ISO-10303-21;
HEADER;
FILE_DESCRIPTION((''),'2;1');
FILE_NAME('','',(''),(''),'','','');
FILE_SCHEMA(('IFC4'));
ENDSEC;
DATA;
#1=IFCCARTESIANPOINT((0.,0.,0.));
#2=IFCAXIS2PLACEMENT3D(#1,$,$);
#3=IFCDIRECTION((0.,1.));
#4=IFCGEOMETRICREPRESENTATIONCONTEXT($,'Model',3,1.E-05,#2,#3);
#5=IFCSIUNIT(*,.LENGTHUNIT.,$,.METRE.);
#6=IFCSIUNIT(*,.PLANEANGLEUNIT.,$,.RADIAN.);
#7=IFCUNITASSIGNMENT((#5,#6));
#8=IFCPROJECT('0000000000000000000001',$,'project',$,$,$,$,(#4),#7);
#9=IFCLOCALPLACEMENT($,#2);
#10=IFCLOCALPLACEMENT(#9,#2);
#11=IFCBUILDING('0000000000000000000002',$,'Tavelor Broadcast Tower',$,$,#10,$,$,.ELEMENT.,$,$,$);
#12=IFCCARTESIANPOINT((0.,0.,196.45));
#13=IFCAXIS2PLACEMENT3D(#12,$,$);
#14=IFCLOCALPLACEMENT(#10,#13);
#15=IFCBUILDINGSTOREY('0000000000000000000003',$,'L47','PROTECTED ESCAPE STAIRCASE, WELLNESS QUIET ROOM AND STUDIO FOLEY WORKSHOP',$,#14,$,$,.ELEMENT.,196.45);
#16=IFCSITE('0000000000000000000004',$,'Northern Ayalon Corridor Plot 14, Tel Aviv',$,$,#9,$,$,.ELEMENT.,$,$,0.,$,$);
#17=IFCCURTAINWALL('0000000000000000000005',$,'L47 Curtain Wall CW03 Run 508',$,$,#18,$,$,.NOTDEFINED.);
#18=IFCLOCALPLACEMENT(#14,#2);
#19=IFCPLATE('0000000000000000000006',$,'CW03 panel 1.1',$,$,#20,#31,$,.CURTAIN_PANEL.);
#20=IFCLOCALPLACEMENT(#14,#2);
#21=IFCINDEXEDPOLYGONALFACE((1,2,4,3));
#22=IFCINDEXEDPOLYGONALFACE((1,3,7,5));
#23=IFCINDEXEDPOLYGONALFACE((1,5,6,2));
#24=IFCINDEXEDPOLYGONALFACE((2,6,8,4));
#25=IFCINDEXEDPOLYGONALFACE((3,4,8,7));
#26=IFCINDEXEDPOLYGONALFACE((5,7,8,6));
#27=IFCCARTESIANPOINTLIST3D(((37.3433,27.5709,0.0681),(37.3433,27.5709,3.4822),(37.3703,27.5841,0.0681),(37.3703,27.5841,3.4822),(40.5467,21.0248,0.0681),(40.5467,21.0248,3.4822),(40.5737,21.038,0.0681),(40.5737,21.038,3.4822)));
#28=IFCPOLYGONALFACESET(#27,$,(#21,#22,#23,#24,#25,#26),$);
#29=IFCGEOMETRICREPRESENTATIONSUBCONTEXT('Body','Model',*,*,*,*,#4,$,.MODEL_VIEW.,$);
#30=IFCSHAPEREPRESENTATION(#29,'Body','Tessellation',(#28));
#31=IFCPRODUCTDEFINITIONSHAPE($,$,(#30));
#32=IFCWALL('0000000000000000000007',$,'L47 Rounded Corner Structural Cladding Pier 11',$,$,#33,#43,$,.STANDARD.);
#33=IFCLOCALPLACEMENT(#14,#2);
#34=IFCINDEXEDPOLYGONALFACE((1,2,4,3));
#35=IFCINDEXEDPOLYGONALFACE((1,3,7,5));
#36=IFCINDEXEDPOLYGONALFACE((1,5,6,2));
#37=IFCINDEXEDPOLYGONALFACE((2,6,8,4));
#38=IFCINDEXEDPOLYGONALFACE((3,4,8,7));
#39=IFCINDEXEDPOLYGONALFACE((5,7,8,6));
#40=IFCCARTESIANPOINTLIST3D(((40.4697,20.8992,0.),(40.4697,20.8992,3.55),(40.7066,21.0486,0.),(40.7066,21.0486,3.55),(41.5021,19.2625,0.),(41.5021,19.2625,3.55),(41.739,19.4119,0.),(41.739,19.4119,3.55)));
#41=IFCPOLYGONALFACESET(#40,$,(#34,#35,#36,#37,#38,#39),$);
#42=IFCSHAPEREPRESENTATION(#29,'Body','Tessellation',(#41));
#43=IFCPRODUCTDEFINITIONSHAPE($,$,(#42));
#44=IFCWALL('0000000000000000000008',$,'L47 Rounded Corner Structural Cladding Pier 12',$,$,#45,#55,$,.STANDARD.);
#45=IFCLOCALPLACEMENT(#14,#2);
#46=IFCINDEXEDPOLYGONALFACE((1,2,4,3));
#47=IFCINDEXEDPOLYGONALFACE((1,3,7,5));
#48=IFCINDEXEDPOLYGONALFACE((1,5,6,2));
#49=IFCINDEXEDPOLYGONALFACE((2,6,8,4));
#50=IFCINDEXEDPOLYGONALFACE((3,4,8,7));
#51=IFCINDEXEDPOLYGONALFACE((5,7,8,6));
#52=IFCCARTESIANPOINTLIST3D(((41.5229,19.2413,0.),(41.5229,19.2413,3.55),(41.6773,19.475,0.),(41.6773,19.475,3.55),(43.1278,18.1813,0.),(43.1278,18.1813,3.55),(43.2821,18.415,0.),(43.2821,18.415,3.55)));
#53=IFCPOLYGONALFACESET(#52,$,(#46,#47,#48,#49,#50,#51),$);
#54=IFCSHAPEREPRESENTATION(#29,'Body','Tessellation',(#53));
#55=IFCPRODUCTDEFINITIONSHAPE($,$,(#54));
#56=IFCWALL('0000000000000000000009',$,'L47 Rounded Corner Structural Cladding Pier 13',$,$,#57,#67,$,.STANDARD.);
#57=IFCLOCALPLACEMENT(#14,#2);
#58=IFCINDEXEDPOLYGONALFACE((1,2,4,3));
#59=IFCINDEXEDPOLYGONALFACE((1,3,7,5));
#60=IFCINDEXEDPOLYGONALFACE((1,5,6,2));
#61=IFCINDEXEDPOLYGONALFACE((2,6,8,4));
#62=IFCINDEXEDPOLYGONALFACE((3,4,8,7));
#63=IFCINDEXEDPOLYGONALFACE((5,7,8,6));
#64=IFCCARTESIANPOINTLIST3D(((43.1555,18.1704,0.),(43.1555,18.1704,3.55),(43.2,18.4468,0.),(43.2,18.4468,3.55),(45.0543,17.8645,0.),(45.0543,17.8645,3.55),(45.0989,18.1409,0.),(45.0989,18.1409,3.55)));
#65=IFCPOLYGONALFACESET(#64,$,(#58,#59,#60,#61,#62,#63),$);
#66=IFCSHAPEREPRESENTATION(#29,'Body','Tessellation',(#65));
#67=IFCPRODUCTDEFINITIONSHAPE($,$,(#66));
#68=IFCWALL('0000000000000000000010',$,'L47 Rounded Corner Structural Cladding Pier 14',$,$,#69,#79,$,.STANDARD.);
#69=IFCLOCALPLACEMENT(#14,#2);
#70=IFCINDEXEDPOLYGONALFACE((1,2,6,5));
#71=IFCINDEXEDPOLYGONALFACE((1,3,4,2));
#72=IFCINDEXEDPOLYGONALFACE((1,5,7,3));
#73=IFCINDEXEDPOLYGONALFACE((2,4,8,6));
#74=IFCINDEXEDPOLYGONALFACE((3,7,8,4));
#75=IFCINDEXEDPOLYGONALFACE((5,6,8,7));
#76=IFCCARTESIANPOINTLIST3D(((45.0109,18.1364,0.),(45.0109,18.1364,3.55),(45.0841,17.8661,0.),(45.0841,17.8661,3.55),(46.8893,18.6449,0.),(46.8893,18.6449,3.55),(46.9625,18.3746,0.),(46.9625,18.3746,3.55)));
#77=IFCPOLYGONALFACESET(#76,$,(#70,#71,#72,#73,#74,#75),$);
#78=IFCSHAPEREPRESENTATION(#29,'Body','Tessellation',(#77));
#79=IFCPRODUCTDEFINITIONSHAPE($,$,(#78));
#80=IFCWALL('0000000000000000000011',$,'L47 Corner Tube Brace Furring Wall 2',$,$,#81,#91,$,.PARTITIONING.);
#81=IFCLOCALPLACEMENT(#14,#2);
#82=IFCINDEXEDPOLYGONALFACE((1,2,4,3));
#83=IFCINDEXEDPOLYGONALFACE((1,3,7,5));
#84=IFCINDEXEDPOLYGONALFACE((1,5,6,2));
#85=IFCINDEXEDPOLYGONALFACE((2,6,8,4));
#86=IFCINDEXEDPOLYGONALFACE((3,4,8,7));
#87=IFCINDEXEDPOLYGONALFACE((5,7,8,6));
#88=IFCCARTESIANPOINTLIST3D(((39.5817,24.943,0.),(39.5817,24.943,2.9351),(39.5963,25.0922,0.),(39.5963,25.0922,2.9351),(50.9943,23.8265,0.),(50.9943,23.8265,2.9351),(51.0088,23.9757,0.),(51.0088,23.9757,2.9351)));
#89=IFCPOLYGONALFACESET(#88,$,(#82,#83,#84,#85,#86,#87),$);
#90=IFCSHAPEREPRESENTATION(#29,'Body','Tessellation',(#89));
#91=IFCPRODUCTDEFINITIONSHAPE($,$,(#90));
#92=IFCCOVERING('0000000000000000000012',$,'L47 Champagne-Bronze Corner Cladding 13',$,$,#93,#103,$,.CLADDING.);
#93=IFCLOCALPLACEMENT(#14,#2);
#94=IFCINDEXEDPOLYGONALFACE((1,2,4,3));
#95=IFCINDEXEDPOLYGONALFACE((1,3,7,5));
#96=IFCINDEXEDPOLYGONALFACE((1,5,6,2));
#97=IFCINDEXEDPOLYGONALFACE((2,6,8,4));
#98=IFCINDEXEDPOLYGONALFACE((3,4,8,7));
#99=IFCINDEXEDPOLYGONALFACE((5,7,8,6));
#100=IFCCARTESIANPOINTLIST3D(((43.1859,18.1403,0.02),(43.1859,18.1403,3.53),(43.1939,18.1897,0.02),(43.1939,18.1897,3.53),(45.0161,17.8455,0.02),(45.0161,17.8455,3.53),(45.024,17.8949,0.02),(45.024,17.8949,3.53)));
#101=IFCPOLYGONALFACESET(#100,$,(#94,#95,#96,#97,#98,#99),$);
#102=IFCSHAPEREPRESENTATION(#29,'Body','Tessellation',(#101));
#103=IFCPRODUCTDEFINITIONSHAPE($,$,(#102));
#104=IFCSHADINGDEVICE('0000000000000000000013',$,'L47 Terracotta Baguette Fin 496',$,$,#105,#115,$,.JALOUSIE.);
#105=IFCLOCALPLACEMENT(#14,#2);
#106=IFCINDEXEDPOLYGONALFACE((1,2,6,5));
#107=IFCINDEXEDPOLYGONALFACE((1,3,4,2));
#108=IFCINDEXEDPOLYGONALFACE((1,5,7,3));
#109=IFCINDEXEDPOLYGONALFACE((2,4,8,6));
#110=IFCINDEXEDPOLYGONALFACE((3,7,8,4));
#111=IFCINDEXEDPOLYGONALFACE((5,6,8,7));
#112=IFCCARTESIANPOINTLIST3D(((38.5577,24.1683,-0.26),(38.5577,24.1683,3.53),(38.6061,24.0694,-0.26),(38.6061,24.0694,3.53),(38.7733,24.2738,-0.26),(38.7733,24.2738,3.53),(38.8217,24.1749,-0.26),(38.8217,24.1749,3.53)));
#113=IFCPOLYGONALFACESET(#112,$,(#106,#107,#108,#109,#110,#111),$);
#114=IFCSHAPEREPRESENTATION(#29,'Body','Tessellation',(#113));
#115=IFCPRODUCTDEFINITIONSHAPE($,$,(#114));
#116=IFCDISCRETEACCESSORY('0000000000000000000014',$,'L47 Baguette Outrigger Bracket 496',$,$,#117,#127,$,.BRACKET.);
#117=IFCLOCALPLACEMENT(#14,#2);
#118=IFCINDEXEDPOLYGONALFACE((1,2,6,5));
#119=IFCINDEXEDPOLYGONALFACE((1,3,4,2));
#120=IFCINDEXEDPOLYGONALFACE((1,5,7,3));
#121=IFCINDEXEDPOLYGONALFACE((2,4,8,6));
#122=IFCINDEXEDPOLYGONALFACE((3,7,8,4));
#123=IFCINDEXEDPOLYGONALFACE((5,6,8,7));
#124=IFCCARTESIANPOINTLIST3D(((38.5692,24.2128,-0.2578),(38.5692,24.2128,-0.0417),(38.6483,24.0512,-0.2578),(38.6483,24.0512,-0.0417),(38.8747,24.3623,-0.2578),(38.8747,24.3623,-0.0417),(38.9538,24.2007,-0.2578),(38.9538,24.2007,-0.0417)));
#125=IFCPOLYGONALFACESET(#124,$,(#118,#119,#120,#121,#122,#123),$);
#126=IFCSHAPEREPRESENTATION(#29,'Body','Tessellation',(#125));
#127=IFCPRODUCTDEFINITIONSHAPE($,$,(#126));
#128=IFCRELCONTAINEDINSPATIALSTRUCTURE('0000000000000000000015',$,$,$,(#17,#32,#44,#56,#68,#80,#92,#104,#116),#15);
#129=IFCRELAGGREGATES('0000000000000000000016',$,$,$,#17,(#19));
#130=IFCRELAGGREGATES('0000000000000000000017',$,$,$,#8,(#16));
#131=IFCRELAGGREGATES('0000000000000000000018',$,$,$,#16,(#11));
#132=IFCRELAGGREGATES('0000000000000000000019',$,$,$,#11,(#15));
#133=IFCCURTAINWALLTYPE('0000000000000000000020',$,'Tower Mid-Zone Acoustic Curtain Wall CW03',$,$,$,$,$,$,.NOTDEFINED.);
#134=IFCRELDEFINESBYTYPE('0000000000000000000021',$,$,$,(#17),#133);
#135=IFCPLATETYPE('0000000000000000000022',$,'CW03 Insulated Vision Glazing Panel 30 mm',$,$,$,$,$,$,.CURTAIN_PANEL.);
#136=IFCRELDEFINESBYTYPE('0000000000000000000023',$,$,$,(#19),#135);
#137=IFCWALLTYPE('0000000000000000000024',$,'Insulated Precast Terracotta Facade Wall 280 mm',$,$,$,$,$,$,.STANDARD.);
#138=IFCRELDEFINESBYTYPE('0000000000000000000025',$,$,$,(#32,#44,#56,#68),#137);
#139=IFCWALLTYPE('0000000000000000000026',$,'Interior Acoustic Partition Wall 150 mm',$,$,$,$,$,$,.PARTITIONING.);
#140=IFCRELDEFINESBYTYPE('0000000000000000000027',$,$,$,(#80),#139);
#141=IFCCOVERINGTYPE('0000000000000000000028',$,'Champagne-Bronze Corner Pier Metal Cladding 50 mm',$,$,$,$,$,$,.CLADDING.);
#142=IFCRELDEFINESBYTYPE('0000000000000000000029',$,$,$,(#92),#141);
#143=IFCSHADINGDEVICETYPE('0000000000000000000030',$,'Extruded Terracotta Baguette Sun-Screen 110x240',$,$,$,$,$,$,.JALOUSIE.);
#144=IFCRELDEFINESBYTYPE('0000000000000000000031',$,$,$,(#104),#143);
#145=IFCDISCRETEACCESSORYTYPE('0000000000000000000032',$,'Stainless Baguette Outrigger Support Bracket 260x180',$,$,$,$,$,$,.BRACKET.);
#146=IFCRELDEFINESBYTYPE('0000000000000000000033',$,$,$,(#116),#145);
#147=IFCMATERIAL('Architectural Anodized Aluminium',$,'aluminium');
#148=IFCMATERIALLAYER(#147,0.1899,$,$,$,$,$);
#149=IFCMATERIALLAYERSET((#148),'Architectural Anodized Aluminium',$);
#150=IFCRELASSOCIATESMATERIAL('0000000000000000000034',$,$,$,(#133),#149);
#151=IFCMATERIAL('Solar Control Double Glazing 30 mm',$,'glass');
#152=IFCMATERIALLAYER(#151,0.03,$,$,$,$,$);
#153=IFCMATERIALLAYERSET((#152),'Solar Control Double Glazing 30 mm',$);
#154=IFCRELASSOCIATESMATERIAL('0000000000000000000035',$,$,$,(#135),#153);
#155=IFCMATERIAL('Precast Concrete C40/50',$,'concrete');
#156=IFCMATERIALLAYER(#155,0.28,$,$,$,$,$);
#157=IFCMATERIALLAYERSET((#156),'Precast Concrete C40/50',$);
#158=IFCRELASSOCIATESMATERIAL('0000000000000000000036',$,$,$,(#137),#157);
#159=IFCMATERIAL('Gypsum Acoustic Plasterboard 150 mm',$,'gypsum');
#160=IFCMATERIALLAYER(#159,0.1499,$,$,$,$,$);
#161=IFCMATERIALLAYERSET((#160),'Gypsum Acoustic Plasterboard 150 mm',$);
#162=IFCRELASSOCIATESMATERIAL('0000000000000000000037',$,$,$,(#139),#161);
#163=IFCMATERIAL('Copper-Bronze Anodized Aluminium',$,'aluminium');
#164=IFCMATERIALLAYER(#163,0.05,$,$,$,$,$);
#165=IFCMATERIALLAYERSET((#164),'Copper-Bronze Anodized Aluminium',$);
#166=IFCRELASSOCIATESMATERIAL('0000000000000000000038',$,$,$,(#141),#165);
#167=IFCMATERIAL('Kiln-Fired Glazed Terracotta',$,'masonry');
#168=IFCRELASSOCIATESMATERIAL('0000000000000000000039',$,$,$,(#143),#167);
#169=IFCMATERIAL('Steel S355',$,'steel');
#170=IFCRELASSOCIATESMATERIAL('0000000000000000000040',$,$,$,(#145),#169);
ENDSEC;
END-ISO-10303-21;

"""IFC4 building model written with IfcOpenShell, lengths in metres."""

from ifc_helpers import new_model, si_unit, direction, frame, frame_2d, origin, origin_2d, place, context, subcontext, project, spatial, rectangle, extrude, source, transform, mapped, material, layer, layer_set, type_object, type_shapes, element, aggregate, save


model = new_model("IFC4")

# Units and contexts
model_context = context("Model", 3, precision=1e-05, world=origin(), true_north=direction((0.0, 1.0)))
body_context = subcontext(model_context, "Body", "Model", "MODEL_VIEW")
ifc_project = project(units=[si_unit("LENGTHUNIT", "METRE"), si_unit("PLANEANGLEUNIT", "RADIAN")], contexts=[model_context])

# Site, building, storey
site_placement = place(None, origin())
site = spatial("IfcSite", under=ifc_project, at=site_placement, Name="Northern Ayalon Corridor Plot 14, Tel Aviv", CompositionType="ELEMENT", RefElevation=0.0)
building_placement = place(site_placement, origin())
building = spatial("IfcBuilding", under=site, at=building_placement, Name="Tavelor Broadcast Tower", CompositionType="ELEMENT")
storey_placement = place(building_placement, frame((0.0, 0.0, 196.45)))
storey = spatial("IfcBuildingStorey", under=building, at=storey_placement, Name="L47", Description="PROTECTED ESCAPE STAIRCASE, WELLNESS QUIET ROOM AND STUDIO FOLEY WORKSHOP", CompositionType="ELEMENT", Elevation=196.45)

# Shared definitions
ifc_material_1 = material(Name="Steel S355", Category="steel")

# Shared definitions
ifc_material_2 = material(Name="Architectural Anodized Aluminium", Category="aluminium")
ifc_layer_1 = layer(ifc_material_2, 0.1899)
ifc_layer_set_1 = layer_set([ifc_layer_1], Name="Architectural Anodized Aluminium")
curtain_wall_type = type_object("IfcCurtainWallType", Name="Tower Mid-Zone Acoustic Curtain Wall CW03", PredefinedType="NOTDEFINED", material=ifc_layer_set_1)

# Curtain wall
curtain_wall_1_placement = place(storey_placement, origin())
curtain_wall_1 = element("IfcCurtainWall", 1, at=curtain_wall_1_placement, inside=storey, type_object=curtain_wall_type, Name="L47 Curtain Wall CW03 Run 508", PredefinedType="NOTDEFINED")

# Plate
ifc_material_3 = material(Name="Solar Control Double Glazing 30 mm", Category="glass")
ifc_layer_2 = layer(ifc_material_3, 0.03)
ifc_layer_set_2 = layer_set([ifc_layer_2], Name="Solar Control Double Glazing 30 mm")
plate_type_1 = type_object("IfcPlateType", Name="CW03 Insulated Vision Glazing Panel 30 mm", PredefinedType="CURTAIN_PANEL", material=ifc_layer_set_2)
shared_shape_1 = source(origin(), body_context, "Body", "SweptSolid", [
    extrude(rectangle(XDim=7.2878, YDim=0.03, at=origin_2d()), origin(), (0.0, 0.0, 1.0), 3.4141),
])
type_shapes(plate_type_1, [shared_shape_1])
plate_1_placement = place(storey_placement, frame((38.9585, 24.3044, 0.0681), z_axis=(0.0, 0.0, 1.0), x_axis=(0.439562, -0.898212, 0.0)))
plate_1 = element("IfcPlate", 2, at=plate_1_placement, type_object=plate_type_1, Name="CW03 panel 1.1", PredefinedType="CURTAIN_PANEL", context=body_context, shape_type="MappedRepresentation", body=[
    mapped(shared_shape_1, transform((0.0, 0.0, 0.0), scale=1.0)),
])
aggregate(curtain_wall_1, [plate_1])

# Walls
ifc_material_4 = material(Name="Precast Concrete C40/50", Category="concrete")
ifc_layer_3 = layer(ifc_material_4, 0.28)
ifc_layer_set_3 = layer_set([ifc_layer_3], Name="Precast Concrete C40/50")
wall_type_1 = type_object("IfcWallType", Name="Insulated Precast Terracotta Facade Wall 280 mm", PredefinedType="STANDARD", material=ifc_layer_set_3)
wall_1_placement = place(storey_placement, frame((40.5881, 20.9739, 0.0), z_axis=(0.0, 0.0, 1.0), x_axis=(0.533532, -0.84578, 0.0)))
element("IfcWall", 3, at=wall_1_placement, inside=storey, type_object=wall_type_1, Name="L47 Rounded Corner Structural Cladding Pier 11", PredefinedType="STANDARD", context=body_context, shape_type="SweptSolid", body=[
    extrude(rectangle(XDim=1.9351, YDim=0.28, at=frame_2d((0.9675, 0.0))), origin(), (0.0, 0.0, 1.0), 3.55),
])
for number, where, z_axis, x_axis, name in (
    (4, (41.6001, 19.3582, 0.0), (0.0, 0.0, 1.0), (0.834425, -0.551122, 0.0), "L47 Rounded Corner Structural Cladding Pier 12"),
    (5, (43.1777, 18.3086, 0.0), (0.0, 0.0, 1.0), (0.987271, -0.159045, 0.0), "L47 Rounded Corner Structural Cladding Pier 13"),
):
    element("IfcWall", number, at=place(storey_placement, frame(where, z_axis=z_axis, x_axis=x_axis)), inside=storey, type_object=wall_type_1, Name=name, PredefinedType="STANDARD", context=body_context, shape_type="SweptSolid", body=[
        extrude(rectangle(XDim=1.9233, YDim=0.28, at=frame_2d((0.9617, 0.0))), origin(), (0.0, 0.0, 1.0), 3.55),
    ])
wall_2_placement = place(storey_placement, frame((45.0474, 18.0012, 0.0), z_axis=(0.0, 0.0, 1.0), x_axis=(0.965251, 0.261323, 0.0)))
element("IfcWall", 6, at=wall_2_placement, inside=storey, type_object=wall_type_1, Name="L47 Rounded Corner Structural Cladding Pier 14", PredefinedType="STANDARD", context=body_context, shape_type="SweptSolid", body=[
    extrude(rectangle(XDim=1.946, YDim=0.28, at=frame_2d((0.9731, 0.0))), origin(), (0.0, 0.0, 1.0), 3.55),
])
ifc_material_5 = material(Name="Gypsum Acoustic Plasterboard 150 mm", Category="gypsum")
ifc_layer_4 = layer(ifc_material_5, 0.1499)
ifc_layer_set_4 = layer_set([ifc_layer_4], Name="Gypsum Acoustic Plasterboard 150 mm")
wall_type_2 = type_object("IfcWallType", Name="Interior Acoustic Partition Wall 150 mm", PredefinedType="PARTITIONING", material=ifc_layer_set_4)
wall_3_placement = place(storey_placement, frame((39.5891, 25.0176, 0.0), z_axis=(0.0, 0.0, 1.0), x_axis=(0.995249, -0.097362, 0.0)))
element("IfcWall", 7, at=wall_3_placement, inside=storey, type_object=wall_type_2, Name="L47 Corner Tube Brace Furring Wall 2", PredefinedType="PARTITIONING", context=body_context, shape_type="SweptSolid", body=[
    extrude(rectangle(XDim=11.467, YDim=0.1499, at=frame_2d((5.7334, 0.0))), origin(), (0.0, 0.0, 1.0), 2.9351),
])

# Covering
ifc_material_6 = material(Name="Copper-Bronze Anodized Aluminium", Category="aluminium")
ifc_layer_5 = layer(ifc_material_6, 0.05)
ifc_layer_set_5 = layer_set([ifc_layer_5], Name="Copper-Bronze Anodized Aluminium")
covering_type = type_object("IfcCoveringType", Name="Champagne-Bronze Corner Pier Metal Cladding 50 mm", PredefinedType="CLADDING", material=ifc_layer_set_5)
covering_placement = place(storey_placement, frame((44.105, 18.0176, 0.02), z_axis=(0.0, 0.0, 1.0), x_axis=(0.987275, -0.15902, 0.0)))
element("IfcCovering", 8, at=covering_placement, inside=storey, type_object=covering_type, Name="L47 Champagne-Bronze Corner Cladding 13", PredefinedType="CLADDING", context=body_context, shape_type="SweptSolid", body=[
    extrude(rectangle(XDim=1.8538, YDim=0.05, at=origin_2d()), origin(), (0.0, 0.0, 1.0), 3.51),
])

# Shading device
ifc_material_7 = material(Name="Kiln-Fired Glazed Terracotta", Category="masonry")
shading_device_type = type_object("IfcShadingDeviceType", Name="Extruded Terracotta Baguette Sun-Screen 110x240", PredefinedType="JALOUSIE", material=ifc_material_7)
shared_shape_2 = source(origin(), body_context, "Body", "SweptSolid", [
    extrude(rectangle(XDim=0.1101, YDim=0.24, at=origin_2d()), origin(), (0.0, 0.0, 1.0), 3.79),
])
type_shapes(shading_device_type, [shared_shape_2])
shading_device_placement = place(storey_placement, frame((38.6897, 24.1716, -0.26), z_axis=(0.0, 0.0, 1.0), x_axis=(0.439626, -0.898181, 0.0)))
element("IfcShadingDevice", 9, at=shading_device_placement, inside=storey, type_object=shading_device_type, Name="L47 Terracotta Baguette Fin 496", PredefinedType="JALOUSIE", context=body_context, shape_type="MappedRepresentation", body=[
    mapped(shared_shape_2, transform((0.0, 0.0, 0.0), scale=1.0)),
])

# Discrete accessory
discrete_accessory_type = type_object("IfcDiscreteAccessoryType", Name="Stainless Baguette Outrigger Support Bracket 260x180", PredefinedType="BRACKET", material=ifc_material_1)
shared_shape_3 = source(origin(), body_context, "Body", "SweptSolid", [
    extrude(rectangle(XDim=0.1799, YDim=0.3401, at=origin_2d()), origin(), (0.0, 0.0, 1.0), 0.2161),
])
type_shapes(discrete_accessory_type, [shared_shape_3])
discrete_accessory_placement = place(storey_placement, frame((38.7615, 24.2068, -0.2578), z_axis=(0.0, 0.0, 1.0), x_axis=(0.439626, -0.898181, 0.0)))
element("IfcDiscreteAccessory", 10, at=discrete_accessory_placement, inside=storey, type_object=discrete_accessory_type, Name="L47 Baguette Outrigger Bracket 496", PredefinedType="BRACKET", context=body_context, shape_type="MappedRepresentation", body=[
    mapped(shared_shape_3, transform((0.0, 0.0, 0.0), scale=1.0)),
])

save(model, "model.ifc")
